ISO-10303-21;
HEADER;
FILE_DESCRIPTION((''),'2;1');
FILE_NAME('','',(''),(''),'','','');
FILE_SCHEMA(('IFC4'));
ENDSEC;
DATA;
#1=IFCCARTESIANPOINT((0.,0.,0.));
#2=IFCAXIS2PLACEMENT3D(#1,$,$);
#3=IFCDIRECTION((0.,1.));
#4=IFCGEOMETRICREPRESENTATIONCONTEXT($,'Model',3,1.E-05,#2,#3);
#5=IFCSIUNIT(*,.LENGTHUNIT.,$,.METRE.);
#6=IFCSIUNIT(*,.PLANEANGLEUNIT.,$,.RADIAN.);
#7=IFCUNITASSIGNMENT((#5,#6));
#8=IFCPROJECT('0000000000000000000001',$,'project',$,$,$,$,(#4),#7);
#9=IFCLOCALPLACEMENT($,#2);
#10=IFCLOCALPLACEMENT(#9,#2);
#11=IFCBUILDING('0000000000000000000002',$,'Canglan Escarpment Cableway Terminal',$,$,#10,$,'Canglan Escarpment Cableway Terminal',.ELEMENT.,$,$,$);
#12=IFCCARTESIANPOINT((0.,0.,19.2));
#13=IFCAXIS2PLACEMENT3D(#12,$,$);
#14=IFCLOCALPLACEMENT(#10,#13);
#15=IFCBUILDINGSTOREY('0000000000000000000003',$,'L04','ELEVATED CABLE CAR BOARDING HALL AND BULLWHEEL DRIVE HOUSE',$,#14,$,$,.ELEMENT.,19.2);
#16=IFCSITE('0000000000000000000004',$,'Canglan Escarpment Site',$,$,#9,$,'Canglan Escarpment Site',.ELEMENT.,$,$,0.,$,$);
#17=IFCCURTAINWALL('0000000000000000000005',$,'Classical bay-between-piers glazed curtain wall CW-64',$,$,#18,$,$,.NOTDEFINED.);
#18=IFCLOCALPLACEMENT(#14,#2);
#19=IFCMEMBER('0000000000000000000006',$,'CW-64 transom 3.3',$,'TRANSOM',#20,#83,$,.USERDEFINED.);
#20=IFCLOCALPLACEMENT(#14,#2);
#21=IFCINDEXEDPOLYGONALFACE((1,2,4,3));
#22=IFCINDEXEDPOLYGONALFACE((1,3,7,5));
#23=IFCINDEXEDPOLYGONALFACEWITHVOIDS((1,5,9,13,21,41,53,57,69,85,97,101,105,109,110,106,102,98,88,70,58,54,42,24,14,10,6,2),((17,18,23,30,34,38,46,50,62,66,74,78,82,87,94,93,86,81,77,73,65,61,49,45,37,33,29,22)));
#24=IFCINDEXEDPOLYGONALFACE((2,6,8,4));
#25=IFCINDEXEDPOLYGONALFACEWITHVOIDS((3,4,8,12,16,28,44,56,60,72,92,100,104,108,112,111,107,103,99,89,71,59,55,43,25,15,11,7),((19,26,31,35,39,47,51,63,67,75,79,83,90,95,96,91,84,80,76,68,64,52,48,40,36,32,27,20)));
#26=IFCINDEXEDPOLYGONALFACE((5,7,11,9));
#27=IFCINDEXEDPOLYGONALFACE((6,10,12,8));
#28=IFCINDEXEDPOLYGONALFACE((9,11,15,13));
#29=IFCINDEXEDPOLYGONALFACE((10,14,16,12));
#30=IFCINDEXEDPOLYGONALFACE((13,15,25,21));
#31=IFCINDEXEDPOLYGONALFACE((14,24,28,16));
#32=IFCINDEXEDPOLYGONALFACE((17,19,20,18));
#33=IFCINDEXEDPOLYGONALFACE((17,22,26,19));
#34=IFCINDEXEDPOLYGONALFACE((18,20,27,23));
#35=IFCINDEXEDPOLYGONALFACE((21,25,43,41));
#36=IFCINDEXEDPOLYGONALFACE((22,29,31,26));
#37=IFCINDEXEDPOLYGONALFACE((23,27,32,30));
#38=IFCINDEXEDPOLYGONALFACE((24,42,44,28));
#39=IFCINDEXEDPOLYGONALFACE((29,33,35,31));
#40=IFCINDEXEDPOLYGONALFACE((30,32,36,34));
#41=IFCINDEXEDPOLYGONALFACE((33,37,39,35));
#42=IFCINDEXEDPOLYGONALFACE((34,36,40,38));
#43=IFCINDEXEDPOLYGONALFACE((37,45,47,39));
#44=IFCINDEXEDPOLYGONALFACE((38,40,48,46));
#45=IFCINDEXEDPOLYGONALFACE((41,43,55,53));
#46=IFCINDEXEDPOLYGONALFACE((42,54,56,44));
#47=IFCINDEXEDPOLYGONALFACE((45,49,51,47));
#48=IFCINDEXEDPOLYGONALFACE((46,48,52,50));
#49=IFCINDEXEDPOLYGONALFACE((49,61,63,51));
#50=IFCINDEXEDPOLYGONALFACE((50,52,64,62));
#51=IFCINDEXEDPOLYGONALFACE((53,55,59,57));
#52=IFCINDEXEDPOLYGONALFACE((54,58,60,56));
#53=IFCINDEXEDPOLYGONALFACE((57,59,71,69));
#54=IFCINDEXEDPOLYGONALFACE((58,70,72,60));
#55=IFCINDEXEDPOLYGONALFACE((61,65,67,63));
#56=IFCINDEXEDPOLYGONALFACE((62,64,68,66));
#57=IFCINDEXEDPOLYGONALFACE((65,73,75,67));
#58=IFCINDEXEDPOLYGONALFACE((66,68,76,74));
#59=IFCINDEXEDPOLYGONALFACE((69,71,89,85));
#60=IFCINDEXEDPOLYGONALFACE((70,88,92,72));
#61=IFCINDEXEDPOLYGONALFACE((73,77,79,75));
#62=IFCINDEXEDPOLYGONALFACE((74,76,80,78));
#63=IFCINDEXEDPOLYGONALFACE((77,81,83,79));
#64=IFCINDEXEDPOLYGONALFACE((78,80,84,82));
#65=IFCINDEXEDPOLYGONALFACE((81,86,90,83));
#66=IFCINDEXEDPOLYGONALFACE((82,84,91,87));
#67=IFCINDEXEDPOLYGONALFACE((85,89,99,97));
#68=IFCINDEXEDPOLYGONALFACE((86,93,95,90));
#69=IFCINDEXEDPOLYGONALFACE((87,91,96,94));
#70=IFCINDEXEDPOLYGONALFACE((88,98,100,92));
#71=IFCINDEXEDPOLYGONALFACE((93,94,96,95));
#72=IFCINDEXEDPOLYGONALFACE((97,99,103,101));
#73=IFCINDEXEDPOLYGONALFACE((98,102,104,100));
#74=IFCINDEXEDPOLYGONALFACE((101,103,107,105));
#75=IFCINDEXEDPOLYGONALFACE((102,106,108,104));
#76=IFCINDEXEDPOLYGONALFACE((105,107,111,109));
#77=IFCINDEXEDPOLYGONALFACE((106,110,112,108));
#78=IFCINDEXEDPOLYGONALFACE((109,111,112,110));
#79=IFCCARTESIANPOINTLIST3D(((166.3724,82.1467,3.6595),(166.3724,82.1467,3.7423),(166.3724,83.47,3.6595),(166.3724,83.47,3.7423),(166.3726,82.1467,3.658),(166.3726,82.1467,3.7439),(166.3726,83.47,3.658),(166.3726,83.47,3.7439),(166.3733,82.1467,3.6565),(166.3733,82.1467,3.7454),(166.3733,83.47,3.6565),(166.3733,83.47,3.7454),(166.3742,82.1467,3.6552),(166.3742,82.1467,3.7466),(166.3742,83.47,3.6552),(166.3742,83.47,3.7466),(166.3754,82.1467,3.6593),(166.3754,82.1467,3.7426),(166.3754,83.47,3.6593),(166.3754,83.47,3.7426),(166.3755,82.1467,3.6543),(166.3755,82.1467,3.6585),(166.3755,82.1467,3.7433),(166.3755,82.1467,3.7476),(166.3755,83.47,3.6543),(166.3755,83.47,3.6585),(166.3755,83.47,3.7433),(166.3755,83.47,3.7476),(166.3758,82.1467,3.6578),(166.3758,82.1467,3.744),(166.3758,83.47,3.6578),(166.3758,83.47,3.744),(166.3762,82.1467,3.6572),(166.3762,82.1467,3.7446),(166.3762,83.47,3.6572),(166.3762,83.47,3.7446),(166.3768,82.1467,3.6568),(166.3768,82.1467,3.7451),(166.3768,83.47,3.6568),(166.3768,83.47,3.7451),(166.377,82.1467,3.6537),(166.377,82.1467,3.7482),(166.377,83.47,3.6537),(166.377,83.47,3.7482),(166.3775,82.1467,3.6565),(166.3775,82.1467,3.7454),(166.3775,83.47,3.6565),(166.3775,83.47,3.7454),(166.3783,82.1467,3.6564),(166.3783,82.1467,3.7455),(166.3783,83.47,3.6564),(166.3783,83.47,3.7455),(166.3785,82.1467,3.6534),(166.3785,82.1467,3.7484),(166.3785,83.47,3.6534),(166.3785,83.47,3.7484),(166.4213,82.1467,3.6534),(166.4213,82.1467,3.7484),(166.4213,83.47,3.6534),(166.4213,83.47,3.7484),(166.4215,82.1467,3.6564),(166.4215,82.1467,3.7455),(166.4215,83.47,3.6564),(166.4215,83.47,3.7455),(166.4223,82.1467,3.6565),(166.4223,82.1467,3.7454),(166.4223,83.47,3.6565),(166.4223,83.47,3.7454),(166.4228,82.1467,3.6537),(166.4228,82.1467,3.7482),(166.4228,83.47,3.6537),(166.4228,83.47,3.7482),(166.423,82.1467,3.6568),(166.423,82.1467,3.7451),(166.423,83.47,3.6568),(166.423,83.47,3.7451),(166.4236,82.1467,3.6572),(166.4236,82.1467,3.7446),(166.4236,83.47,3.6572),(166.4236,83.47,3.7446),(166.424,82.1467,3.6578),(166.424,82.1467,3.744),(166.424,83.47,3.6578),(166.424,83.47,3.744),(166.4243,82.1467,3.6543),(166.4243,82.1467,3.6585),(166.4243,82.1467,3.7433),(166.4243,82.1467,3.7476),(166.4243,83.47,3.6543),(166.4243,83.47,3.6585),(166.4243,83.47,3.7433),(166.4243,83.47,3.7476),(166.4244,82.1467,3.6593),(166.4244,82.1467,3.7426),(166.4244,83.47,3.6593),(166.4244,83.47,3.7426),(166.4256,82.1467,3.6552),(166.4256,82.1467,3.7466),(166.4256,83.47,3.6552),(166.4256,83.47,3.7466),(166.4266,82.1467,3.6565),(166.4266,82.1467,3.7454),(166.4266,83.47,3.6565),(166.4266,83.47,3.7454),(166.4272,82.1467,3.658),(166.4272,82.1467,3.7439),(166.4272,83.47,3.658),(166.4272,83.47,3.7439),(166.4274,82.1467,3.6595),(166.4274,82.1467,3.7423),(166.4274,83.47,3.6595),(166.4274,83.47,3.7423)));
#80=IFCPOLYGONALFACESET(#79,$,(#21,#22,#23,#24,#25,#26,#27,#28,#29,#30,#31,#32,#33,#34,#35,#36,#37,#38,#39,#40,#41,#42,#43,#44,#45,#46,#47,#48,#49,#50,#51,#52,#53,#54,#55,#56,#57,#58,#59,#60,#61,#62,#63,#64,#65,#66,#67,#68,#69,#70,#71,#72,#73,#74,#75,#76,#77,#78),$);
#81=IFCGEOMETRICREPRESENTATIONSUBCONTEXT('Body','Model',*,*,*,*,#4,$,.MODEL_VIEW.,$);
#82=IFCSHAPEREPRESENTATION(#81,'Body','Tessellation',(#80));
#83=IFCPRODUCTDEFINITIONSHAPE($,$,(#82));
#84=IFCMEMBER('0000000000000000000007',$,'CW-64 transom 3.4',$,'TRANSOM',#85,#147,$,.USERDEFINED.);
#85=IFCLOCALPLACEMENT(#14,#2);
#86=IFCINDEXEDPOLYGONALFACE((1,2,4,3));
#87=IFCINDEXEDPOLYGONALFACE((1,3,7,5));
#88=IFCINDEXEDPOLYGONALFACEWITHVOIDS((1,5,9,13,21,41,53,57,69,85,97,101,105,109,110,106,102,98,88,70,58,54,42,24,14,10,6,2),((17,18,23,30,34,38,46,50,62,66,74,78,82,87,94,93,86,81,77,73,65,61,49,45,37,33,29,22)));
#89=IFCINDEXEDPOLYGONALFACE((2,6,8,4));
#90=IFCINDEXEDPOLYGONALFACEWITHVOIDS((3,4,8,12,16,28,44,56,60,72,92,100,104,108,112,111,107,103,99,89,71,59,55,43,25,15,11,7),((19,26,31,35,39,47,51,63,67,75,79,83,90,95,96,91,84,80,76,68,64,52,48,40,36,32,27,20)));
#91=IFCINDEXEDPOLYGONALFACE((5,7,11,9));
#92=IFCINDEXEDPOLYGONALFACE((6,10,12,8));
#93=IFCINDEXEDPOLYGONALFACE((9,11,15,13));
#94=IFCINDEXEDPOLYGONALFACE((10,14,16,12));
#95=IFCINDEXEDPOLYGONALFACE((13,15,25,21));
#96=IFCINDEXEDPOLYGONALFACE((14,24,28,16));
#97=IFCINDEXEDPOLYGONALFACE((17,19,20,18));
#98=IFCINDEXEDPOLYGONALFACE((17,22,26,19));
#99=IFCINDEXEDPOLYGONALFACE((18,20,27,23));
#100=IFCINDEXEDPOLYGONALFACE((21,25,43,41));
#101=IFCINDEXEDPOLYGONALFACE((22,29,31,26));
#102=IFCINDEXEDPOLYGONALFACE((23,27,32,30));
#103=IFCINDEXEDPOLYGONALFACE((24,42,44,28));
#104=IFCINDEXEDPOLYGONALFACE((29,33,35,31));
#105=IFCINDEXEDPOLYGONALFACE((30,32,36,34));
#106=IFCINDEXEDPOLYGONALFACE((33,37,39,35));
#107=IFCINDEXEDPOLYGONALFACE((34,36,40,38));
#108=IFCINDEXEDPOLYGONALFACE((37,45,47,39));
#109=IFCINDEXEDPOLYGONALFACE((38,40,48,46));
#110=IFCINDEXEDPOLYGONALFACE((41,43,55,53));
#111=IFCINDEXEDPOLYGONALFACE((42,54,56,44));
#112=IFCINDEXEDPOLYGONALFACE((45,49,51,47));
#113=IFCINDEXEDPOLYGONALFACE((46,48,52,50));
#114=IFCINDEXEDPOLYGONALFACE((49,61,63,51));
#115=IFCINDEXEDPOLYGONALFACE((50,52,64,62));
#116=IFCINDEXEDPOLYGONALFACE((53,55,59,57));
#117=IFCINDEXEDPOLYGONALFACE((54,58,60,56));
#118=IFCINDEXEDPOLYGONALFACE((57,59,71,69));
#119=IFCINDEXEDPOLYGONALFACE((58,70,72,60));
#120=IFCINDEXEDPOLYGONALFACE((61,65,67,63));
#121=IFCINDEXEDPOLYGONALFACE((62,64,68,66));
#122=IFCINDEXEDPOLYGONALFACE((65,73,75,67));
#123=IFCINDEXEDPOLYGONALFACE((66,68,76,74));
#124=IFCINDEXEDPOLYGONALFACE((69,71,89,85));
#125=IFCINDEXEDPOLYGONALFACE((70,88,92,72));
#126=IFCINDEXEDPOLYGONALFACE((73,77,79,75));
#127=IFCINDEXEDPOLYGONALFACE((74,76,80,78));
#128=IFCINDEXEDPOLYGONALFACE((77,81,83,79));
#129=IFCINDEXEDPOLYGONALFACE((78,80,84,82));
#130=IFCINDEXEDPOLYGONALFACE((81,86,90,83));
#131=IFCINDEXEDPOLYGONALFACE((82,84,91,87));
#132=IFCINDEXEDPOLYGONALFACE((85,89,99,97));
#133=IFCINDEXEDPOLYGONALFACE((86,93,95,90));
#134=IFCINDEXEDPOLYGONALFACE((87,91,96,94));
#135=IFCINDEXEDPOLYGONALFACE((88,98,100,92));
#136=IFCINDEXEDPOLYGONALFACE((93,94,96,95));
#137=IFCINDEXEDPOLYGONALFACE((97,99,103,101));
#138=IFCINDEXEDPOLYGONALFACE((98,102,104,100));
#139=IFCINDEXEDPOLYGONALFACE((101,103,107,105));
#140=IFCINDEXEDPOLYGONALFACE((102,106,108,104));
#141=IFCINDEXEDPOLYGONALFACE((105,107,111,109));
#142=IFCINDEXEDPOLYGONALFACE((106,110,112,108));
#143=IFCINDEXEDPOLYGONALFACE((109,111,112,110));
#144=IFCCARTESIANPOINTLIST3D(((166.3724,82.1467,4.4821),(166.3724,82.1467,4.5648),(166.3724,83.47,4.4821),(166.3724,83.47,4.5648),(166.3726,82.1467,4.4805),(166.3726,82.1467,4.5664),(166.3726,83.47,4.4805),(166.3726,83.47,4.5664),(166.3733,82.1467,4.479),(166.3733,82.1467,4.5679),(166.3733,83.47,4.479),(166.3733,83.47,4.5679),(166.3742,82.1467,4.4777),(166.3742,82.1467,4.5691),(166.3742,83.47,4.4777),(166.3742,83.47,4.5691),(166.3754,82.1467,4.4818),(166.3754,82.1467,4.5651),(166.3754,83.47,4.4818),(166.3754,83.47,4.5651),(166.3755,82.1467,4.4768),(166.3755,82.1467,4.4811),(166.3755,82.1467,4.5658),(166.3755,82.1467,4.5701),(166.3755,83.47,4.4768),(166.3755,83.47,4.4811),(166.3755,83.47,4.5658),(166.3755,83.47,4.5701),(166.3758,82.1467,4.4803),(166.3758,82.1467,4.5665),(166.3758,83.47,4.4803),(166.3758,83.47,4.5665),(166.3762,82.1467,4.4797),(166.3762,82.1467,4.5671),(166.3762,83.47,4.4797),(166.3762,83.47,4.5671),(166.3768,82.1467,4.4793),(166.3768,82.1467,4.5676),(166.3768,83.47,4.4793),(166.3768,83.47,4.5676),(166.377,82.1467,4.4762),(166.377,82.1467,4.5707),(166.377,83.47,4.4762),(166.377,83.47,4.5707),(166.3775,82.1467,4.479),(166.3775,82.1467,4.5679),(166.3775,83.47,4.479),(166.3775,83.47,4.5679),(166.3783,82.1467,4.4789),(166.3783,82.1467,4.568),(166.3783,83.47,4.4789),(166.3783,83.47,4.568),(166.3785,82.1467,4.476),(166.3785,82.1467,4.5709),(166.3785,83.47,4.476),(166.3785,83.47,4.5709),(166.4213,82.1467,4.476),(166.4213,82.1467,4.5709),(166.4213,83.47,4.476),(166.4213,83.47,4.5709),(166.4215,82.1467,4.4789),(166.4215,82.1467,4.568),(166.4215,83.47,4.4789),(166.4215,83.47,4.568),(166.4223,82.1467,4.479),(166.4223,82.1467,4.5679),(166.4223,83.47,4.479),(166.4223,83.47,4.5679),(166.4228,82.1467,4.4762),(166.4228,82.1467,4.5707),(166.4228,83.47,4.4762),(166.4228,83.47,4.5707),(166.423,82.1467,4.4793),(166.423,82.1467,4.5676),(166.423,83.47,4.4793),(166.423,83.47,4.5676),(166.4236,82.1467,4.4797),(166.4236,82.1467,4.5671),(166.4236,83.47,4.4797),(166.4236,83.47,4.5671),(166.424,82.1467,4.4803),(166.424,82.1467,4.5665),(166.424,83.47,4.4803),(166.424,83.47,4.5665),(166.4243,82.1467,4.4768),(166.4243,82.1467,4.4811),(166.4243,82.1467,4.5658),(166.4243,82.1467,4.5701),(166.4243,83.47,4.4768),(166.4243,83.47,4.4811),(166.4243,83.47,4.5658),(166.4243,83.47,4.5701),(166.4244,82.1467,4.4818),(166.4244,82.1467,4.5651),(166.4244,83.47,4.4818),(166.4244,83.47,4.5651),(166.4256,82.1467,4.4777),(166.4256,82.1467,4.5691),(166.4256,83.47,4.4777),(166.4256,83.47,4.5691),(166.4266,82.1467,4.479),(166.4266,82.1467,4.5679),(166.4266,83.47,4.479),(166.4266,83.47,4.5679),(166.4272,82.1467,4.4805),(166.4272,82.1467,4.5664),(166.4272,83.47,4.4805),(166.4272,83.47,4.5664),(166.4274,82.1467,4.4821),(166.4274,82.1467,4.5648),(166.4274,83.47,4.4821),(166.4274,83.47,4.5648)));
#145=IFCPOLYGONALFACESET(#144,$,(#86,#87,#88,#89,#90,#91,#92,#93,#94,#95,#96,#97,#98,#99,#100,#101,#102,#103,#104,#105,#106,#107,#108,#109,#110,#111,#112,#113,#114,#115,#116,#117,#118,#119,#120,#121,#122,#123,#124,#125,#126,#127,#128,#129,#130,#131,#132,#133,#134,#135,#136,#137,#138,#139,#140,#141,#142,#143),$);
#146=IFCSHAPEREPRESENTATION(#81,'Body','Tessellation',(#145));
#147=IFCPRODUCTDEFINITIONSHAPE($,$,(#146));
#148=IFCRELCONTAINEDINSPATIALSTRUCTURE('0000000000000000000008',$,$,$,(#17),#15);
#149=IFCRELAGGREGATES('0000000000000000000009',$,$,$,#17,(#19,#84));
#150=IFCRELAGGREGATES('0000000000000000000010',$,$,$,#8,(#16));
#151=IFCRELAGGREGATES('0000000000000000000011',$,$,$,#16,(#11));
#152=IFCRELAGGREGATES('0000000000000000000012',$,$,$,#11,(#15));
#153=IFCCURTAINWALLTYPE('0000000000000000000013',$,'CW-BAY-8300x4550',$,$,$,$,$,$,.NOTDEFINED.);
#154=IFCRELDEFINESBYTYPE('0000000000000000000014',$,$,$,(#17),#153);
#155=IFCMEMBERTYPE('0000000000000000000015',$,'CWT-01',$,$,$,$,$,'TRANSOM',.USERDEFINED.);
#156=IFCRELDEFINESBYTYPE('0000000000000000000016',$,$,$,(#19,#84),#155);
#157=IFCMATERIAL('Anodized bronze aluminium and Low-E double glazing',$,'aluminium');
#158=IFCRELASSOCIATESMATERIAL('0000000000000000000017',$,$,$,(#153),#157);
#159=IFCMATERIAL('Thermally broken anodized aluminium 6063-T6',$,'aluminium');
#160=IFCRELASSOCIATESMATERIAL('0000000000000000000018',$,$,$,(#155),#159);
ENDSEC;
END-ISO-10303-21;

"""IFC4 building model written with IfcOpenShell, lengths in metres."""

from ifc_helpers import new_model, si_unit, direction, frame, origin, origin_2d, place, context, subcontext, project, spatial, hollow_rectangle, extrude, material, material_profile, profile_set, type_object, element, aggregate, save


model = new_model("IFC4")

# Units and contexts
model_context = context("Model", 3, precision=1e-05, world=origin(), true_north=direction((0.0, 1.0)))
body_context = subcontext(model_context, "Body", "Model", "MODEL_VIEW")
ifc_project = project(units=[si_unit("LENGTHUNIT", "METRE"), si_unit("PLANEANGLEUNIT", "RADIAN")], contexts=[model_context])

# Site, building, storey
site_placement = place(None, origin())
site = spatial("IfcSite", under=ifc_project, at=site_placement, Name="Canglan Escarpment Site", LongName="Canglan Escarpment Site", CompositionType="ELEMENT", RefElevation=0.0)
building_placement = place(site_placement, origin())
building = spatial("IfcBuilding", under=site, at=building_placement, Name="Canglan Escarpment Cableway Terminal", LongName="Canglan Escarpment Cableway Terminal", CompositionType="ELEMENT")
storey_placement = place(building_placement, frame((0.0, 0.0, 19.2)))
storey = spatial("IfcBuildingStorey", under=building, at=storey_placement, Name="L04", Description="ELEVATED CABLE CAR BOARDING HALL AND BULLWHEEL DRIVE HOUSE", CompositionType="ELEMENT", Elevation=19.2)

# Curtain wall, members
ifc_material_1 = material(Name="Anodized bronze aluminium and Low-E double glazing", Category="aluminium")
curtain_wall_type = type_object("IfcCurtainWallType", Name="CW-BAY-8300x4550", PredefinedType="NOTDEFINED", material=ifc_material_1)
curtain_wall_placement = place(storey_placement, origin())
curtain_wall = element("IfcCurtainWall", 1, at=curtain_wall_placement, inside=storey, type_object=curtain_wall_type, Name="Classical bay-between-piers glazed curtain wall CW-64", PredefinedType="NOTDEFINED")
ifc_material_2 = material(Name="Thermally broken anodized aluminium 6063-T6", Category="aluminium")
ifc_material_profile_1 = material_profile(ifc_material_2, hollow_rectangle(XDim=0.0549, YDim=0.095, WallThickness=0.0029, InnerFilletRadius=0.0029, OuterFilletRadius=0.0061, at=origin_2d()), Name="ALU-TRAN 55x95x3")
ifc_profile_set_1 = profile_set([ifc_material_profile_1], Name="Thermally broken anodized aluminium 6063-T6")
member_type_1 = type_object("IfcMemberType", Name="CWT-01", ElementType="TRANSOM", PredefinedType="USERDEFINED", material=ifc_profile_set_1)
member_1_placement = place(storey_placement, frame((166.3999, 82.1467, 3.7009), z_axis=(0.0, 1.0, 0.0), x_axis=(-1.0, 0.0, 0.0)))
member_1 = element("IfcMember", 2, at=member_1_placement, type_object=member_type_1, Name="CW-64 transom 3.3", ObjectType="TRANSOM", PredefinedType="USERDEFINED", context=body_context, shape_type="SweptSolid", body=[
    extrude(hollow_rectangle(XDim=0.0549, YDim=0.095, WallThickness=0.0029, InnerFilletRadius=0.0029, OuterFilletRadius=0.0061, at=origin_2d()), origin(), (0.0, 0.0, 1.0), 1.3232),
])
member_2_placement = place(storey_placement, frame((166.3999, 82.1467, 4.5234), z_axis=(0.0, 1.0, 0.0), x_axis=(-1.0, 0.0, 0.0)))
member_2 = element("IfcMember", 3, at=member_2_placement, type_object=member_type_1, Name="CW-64 transom 3.4", ObjectType="TRANSOM", PredefinedType="USERDEFINED", context=body_context, shape_type="SweptSolid", body=[
    extrude(hollow_rectangle(XDim=0.0549, YDim=0.095, WallThickness=0.0029, InnerFilletRadius=0.0029, OuterFilletRadius=0.0061, at=origin_2d()), origin(), (0.0, 0.0, 1.0), 1.3232),
])
aggregate(curtain_wall, [member_1, member_2])

save(model, "model.ifc")
